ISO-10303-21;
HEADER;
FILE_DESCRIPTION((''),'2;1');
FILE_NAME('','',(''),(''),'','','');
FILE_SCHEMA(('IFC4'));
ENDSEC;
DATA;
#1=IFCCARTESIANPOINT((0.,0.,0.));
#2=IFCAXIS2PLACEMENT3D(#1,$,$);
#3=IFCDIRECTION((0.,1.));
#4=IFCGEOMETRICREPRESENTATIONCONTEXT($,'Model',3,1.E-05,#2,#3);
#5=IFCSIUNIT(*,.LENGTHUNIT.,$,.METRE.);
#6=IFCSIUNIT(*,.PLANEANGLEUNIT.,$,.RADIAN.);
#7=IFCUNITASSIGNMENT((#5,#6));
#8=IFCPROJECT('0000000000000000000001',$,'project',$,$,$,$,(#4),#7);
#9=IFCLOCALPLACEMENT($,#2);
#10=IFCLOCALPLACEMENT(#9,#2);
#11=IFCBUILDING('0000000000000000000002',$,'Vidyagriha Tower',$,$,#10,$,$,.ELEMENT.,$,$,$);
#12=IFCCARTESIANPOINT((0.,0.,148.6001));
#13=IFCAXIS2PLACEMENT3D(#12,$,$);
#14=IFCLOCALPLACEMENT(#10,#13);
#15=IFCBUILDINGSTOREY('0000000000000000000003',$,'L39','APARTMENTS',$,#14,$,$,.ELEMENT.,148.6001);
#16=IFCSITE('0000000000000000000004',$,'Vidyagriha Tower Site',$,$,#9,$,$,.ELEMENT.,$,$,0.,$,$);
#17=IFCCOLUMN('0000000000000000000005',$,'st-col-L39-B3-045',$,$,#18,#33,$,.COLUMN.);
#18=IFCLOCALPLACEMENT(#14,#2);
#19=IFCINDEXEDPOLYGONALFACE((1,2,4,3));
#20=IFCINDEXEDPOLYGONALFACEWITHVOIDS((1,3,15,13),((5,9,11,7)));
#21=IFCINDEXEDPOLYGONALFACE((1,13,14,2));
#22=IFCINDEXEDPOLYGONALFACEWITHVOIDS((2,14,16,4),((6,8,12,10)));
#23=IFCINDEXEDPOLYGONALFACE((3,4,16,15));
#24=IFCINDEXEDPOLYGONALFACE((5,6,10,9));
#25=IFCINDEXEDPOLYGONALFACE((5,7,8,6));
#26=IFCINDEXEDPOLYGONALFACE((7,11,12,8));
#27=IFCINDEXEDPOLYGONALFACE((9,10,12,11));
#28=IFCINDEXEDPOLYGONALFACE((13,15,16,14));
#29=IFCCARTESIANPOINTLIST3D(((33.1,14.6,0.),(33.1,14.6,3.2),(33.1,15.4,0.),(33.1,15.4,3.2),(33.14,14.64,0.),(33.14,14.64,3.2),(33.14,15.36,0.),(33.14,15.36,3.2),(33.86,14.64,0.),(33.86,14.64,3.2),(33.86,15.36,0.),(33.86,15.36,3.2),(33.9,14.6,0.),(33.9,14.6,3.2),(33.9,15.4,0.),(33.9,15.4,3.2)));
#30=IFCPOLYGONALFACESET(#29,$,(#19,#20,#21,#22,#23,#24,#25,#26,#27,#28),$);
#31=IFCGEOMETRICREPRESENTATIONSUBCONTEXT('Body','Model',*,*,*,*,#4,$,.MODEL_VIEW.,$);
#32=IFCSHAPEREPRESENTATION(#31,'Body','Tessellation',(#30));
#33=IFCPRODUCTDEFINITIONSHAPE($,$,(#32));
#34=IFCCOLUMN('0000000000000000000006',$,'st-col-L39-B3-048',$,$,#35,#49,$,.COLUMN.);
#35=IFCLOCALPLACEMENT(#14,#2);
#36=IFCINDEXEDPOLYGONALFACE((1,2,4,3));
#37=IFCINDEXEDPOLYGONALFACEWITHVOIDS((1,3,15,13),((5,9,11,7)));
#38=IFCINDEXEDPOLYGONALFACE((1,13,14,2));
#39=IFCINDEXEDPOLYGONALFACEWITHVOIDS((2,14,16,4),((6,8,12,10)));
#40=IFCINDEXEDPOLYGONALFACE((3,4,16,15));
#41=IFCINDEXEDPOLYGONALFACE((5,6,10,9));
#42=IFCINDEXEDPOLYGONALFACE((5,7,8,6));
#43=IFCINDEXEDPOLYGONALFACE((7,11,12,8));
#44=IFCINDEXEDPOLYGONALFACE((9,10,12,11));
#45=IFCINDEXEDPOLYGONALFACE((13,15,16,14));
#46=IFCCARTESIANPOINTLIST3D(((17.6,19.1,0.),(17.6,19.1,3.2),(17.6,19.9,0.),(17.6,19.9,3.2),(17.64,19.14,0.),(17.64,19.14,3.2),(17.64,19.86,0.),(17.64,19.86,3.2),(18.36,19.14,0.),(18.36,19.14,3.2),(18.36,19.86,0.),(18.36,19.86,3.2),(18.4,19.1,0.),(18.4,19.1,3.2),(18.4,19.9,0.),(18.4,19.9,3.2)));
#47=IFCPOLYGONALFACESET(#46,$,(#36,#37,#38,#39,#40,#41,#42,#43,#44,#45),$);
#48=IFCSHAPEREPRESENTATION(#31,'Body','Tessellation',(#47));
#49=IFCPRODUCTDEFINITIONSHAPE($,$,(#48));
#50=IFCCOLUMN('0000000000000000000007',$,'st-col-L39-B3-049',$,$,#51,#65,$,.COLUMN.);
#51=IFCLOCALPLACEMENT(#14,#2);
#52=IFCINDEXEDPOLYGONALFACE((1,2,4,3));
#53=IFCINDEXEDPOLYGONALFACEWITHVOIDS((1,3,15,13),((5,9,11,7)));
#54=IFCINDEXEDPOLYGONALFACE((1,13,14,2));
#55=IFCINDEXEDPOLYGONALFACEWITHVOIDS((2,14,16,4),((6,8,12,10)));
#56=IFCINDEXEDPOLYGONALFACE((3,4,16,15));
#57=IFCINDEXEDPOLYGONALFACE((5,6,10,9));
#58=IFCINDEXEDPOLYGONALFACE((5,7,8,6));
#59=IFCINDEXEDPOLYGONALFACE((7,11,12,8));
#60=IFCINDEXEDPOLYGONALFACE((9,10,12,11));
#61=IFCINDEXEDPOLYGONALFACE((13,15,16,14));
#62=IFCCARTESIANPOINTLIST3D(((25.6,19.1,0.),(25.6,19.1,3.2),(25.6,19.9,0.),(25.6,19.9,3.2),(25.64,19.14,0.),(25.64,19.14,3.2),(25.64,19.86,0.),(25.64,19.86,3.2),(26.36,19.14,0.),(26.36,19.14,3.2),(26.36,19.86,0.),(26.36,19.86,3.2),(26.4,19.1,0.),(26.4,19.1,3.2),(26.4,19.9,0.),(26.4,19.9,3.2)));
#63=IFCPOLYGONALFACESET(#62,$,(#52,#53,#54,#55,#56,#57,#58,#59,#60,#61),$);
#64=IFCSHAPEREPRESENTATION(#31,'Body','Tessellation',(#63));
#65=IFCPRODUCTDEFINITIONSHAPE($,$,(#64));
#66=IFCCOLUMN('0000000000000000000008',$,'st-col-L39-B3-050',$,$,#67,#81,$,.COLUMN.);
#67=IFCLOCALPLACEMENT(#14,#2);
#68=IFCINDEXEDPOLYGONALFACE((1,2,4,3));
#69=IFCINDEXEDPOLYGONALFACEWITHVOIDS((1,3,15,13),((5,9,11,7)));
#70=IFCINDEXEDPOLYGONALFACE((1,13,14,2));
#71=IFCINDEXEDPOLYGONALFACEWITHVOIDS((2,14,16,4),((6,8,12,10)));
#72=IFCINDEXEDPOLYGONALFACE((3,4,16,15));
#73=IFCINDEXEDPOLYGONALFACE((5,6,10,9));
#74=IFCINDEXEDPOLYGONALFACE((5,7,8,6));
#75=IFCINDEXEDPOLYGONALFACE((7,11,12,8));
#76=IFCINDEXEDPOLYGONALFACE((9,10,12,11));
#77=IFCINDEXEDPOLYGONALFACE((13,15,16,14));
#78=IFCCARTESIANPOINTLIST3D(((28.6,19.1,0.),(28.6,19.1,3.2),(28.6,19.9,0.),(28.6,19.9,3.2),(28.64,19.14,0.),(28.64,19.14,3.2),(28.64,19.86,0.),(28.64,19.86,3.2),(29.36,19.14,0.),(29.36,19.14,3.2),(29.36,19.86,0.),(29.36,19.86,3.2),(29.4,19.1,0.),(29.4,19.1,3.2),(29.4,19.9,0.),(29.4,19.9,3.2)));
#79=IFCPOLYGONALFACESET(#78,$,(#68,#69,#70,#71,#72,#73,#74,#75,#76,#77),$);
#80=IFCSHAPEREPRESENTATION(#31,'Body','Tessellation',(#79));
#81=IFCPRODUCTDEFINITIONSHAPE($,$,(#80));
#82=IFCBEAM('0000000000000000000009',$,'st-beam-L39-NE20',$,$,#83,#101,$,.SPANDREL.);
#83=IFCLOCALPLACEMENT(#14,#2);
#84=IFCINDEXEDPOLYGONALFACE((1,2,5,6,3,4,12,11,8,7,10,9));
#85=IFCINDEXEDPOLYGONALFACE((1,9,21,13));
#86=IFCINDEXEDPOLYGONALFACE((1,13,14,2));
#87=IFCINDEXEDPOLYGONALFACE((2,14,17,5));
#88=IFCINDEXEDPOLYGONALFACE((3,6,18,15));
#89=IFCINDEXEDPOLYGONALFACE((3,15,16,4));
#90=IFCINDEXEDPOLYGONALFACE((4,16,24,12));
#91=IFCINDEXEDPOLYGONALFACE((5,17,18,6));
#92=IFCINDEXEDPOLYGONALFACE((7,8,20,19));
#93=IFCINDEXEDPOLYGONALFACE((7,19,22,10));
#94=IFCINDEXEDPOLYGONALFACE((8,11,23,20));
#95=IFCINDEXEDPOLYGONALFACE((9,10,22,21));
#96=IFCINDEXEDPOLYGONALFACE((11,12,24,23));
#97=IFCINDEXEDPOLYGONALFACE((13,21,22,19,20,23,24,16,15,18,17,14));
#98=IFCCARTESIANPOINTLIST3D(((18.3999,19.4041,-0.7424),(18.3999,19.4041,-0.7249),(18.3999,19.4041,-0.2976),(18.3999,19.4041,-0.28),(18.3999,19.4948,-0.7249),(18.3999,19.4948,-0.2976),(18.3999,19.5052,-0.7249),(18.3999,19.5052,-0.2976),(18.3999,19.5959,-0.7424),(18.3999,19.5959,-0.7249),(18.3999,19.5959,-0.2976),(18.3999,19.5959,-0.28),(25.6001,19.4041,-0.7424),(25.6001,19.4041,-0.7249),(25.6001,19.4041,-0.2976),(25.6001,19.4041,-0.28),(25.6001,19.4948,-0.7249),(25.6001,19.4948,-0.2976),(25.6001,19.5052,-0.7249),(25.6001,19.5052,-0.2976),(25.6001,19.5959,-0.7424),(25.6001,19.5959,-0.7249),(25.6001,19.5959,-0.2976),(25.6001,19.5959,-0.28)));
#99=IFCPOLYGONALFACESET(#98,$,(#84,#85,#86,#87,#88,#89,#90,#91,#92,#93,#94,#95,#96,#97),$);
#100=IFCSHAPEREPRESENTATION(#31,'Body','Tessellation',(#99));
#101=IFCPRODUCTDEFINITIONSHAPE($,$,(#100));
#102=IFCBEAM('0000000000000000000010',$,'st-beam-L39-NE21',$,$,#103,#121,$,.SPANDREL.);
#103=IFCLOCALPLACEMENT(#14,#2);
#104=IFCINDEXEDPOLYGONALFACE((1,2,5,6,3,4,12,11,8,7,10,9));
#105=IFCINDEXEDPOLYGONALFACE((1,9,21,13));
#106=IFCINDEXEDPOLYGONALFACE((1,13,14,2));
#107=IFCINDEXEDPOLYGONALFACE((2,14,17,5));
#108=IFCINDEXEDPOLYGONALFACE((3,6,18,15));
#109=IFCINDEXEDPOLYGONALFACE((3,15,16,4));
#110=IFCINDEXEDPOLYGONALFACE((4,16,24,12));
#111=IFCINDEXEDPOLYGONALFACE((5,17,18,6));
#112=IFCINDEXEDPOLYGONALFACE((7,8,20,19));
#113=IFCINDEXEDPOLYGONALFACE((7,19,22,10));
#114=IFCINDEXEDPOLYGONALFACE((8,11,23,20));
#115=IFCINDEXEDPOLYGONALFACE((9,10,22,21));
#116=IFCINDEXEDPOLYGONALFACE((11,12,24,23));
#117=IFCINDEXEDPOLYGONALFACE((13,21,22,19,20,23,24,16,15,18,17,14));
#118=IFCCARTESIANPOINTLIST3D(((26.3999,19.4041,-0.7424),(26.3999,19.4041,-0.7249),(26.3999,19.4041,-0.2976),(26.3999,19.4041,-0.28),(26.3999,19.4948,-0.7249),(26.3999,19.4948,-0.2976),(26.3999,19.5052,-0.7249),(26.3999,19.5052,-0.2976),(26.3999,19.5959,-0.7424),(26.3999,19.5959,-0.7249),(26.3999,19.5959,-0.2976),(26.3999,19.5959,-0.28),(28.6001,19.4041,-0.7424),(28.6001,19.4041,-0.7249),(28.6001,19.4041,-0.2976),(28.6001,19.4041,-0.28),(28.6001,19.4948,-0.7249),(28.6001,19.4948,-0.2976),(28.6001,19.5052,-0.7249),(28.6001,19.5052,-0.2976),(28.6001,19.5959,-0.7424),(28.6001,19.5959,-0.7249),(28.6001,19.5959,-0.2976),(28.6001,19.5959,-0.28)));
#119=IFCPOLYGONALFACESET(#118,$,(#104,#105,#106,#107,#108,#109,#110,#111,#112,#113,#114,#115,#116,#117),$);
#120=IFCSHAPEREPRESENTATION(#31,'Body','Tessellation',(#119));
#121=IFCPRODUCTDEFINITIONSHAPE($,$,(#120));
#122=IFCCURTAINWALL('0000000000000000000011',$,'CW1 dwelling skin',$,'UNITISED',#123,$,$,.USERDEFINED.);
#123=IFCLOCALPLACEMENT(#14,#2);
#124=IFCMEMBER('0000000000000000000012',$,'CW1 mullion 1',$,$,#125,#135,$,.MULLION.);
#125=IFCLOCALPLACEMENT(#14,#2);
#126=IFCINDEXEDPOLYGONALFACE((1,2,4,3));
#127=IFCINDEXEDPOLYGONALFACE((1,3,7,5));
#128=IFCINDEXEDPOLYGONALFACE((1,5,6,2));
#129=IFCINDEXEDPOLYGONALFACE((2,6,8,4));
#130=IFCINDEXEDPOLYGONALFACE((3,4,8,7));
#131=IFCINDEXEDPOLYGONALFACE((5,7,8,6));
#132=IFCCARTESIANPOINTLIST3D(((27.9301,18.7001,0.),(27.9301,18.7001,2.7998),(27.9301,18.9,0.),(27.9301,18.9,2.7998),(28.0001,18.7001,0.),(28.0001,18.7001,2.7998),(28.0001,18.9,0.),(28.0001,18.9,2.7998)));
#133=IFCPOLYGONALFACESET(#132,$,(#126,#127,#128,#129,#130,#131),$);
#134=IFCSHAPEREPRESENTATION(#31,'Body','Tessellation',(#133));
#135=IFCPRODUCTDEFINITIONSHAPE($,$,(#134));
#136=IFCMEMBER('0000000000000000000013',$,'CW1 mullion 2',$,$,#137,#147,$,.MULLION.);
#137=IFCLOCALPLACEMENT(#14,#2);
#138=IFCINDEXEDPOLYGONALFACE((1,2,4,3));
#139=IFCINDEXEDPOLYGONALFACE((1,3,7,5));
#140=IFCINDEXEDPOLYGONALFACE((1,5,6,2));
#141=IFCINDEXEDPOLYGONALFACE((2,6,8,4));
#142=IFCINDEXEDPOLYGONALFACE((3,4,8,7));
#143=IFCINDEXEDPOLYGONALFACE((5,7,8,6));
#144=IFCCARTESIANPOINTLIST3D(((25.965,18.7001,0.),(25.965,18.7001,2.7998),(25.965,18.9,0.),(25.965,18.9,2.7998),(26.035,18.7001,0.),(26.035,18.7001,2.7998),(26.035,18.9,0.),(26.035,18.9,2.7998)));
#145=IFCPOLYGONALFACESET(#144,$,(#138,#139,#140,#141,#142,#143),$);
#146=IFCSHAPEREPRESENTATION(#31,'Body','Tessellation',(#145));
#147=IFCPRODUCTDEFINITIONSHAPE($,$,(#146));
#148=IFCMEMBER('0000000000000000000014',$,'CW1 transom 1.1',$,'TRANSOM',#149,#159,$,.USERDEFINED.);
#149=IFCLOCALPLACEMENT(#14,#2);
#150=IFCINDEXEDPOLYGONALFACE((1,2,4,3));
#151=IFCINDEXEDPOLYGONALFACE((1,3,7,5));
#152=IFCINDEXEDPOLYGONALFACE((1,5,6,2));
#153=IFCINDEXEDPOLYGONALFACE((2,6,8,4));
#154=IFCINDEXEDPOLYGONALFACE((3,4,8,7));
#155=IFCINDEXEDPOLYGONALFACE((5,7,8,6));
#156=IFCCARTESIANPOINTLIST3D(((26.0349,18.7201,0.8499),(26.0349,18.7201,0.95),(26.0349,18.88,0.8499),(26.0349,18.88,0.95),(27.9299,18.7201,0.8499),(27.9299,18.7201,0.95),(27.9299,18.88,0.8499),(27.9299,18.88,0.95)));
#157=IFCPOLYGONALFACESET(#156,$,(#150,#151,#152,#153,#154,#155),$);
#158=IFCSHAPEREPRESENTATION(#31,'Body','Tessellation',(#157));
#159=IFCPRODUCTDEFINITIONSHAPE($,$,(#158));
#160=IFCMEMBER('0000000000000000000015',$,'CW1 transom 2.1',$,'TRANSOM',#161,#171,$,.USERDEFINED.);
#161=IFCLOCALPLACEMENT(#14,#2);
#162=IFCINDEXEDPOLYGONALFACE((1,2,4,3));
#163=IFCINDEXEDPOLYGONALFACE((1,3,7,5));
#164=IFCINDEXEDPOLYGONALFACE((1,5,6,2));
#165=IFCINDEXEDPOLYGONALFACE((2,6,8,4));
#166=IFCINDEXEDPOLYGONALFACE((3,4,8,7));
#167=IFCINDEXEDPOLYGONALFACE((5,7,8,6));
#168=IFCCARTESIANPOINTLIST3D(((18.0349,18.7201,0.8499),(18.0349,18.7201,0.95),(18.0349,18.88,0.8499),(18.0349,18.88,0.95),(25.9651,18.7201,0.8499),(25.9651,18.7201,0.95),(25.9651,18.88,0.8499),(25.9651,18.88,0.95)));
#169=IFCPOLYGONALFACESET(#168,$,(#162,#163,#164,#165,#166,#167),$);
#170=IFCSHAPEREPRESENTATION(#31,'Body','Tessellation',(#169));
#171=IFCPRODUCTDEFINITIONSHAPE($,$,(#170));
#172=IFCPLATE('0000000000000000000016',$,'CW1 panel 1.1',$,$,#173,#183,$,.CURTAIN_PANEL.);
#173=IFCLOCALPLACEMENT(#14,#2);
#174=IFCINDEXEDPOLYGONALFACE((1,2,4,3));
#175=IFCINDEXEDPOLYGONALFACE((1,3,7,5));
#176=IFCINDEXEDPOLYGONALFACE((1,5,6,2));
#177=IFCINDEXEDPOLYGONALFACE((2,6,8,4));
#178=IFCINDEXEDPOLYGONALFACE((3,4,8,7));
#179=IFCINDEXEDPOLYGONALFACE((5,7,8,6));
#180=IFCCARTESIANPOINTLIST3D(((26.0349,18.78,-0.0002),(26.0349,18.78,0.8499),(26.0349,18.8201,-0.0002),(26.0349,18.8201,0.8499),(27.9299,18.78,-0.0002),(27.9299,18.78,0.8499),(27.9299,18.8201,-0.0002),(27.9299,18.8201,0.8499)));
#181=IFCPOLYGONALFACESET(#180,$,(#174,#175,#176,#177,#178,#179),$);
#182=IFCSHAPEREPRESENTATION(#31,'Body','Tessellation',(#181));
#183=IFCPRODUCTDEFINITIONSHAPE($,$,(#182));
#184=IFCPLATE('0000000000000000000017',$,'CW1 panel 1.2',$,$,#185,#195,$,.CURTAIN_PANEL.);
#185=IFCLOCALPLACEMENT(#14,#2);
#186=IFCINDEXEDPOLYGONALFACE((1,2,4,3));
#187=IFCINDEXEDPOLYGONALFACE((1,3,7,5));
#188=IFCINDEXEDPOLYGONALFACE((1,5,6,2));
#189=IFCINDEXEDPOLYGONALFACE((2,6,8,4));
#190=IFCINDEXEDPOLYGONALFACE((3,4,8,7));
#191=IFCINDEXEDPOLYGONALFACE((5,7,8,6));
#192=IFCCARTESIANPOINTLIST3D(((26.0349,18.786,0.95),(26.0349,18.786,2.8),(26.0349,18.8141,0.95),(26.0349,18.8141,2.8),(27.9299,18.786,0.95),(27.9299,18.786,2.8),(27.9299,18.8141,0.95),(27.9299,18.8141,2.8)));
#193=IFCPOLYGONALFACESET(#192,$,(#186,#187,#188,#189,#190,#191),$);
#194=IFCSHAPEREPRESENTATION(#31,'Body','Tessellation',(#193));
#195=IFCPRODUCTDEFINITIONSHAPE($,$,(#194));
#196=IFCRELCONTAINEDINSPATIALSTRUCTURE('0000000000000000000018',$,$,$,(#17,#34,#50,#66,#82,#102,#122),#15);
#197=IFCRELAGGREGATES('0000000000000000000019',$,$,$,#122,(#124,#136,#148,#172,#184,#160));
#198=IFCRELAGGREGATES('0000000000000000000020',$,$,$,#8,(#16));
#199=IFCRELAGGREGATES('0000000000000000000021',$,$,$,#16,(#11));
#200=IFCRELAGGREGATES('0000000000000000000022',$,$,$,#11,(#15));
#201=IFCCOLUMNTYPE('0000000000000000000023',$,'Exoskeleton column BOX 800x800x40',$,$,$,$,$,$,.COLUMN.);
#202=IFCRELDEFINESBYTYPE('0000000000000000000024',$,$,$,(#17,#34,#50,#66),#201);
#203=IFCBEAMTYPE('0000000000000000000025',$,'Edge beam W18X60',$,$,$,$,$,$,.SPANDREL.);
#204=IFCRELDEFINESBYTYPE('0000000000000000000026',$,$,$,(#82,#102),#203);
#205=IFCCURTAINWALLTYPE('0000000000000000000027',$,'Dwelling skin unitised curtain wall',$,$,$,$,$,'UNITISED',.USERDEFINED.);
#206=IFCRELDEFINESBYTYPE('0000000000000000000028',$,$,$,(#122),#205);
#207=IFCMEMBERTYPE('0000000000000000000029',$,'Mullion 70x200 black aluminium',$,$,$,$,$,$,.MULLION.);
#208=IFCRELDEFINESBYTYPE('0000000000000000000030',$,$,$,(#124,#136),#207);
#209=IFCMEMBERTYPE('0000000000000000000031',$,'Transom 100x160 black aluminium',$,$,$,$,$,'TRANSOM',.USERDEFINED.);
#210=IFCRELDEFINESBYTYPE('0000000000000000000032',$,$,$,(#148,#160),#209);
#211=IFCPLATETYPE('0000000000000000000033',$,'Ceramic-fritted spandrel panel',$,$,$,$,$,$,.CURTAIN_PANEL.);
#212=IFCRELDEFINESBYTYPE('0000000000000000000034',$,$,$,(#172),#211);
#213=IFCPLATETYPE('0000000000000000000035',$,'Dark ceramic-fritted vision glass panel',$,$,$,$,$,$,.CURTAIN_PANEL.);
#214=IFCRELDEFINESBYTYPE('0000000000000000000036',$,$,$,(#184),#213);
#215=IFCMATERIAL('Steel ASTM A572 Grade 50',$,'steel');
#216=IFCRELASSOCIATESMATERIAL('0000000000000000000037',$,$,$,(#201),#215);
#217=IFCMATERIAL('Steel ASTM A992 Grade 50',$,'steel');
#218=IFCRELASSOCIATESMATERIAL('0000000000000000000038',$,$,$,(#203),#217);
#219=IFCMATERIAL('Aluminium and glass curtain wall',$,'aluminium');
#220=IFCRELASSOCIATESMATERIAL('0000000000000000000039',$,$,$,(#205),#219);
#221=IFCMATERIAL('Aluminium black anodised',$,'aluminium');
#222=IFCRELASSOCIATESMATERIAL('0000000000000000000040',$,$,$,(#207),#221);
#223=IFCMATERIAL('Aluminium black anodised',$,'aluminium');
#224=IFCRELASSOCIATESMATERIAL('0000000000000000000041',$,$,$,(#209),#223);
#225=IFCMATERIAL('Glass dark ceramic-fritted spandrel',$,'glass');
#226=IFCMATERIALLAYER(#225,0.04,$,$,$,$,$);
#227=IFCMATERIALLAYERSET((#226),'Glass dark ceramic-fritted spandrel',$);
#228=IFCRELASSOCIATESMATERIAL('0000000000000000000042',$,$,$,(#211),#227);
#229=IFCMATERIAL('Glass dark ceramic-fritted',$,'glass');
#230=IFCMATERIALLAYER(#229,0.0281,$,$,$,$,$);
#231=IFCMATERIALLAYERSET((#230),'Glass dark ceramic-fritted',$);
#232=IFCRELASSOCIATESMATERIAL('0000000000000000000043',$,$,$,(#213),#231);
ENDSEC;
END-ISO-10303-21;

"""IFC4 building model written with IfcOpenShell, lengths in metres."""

from ifc_helpers import new_model, si_unit, direction, frame, origin, origin_2d, place, context, subcontext, project, spatial, rectangle, hollow_rectangle, i_section, extrude, material, layer, layer_set, material_profile, profile_set, type_object, element, aggregate, save


model = new_model("IFC4")

# Units and contexts
model_context = context("Model", 3, precision=1e-05, world=origin(), true_north=direction((0.0, 1.0)))
body_context = subcontext(model_context, "Body", "Model", "MODEL_VIEW")
ifc_project = project(units=[si_unit("LENGTHUNIT", "METRE"), si_unit("PLANEANGLEUNIT", "RADIAN")], contexts=[model_context])

# Site, building, storey
site_placement = place(None, origin())
site = spatial("IfcSite", under=ifc_project, at=site_placement, Name="Vidyagriha Tower Site", CompositionType="ELEMENT", RefElevation=0.0)
building_placement = place(site_placement, origin())
building = spatial("IfcBuilding", under=site, at=building_placement, Name="Vidyagriha Tower", CompositionType="ELEMENT")
storey_placement = place(building_placement, frame((0.0, 0.0, 148.6001)))
storey = spatial("IfcBuildingStorey", under=building, at=storey_placement, Name="L39", Description="APARTMENTS", CompositionType="ELEMENT", Elevation=148.6001)

# Columns
ifc_material_1 = material(Name="Steel ASTM A572 Grade 50", Category="steel")
ifc_material_profile_1 = material_profile(ifc_material_1, hollow_rectangle(XDim=0.8, YDim=0.8, WallThickness=0.04, at=origin_2d()), Name="BOX 800x800x40")
ifc_profile_set_1 = profile_set([ifc_material_profile_1], Name="Steel ASTM A572 Grade 50")
column_type = type_object("IfcColumnType", Name="Exoskeleton column BOX 800x800x40", PredefinedType="COLUMN", material=ifc_profile_set_1)
for number, where, name in (
    (1, (33.5, 15.0, 0.0), "st-col-L39-B3-045"),
    (2, (18.0, 19.5, 0.0), "st-col-L39-B3-048"),
    (3, (26.0, 19.5, 0.0), "st-col-L39-B3-049"),
    (4, (29.0, 19.5, 0.0), "st-col-L39-B3-050"),
):
    element("IfcColumn", number, at=place(storey_placement, frame(where)), inside=storey, type_object=column_type, Name=name, PredefinedType="COLUMN", context=body_context, shape_type="SweptSolid", body=[
        extrude(hollow_rectangle(XDim=0.8, YDim=0.8, WallThickness=0.04, at=origin_2d()), origin(), (0.0, 0.0, 1.0), 3.2),
    ])

# Beams
ifc_material_2 = material(Name="Steel ASTM A992 Grade 50", Category="steel")
ifc_material_profile_2 = material_profile(ifc_material_2, i_section(OverallWidth=0.1919, OverallDepth=0.4624, WebThickness=0.0105, FlangeThickness=0.0176, at=origin_2d()), Name="W18X60")
ifc_profile_set_2 = profile_set([ifc_material_profile_2], Name="Steel ASTM A992 Grade 50")
beam_type = type_object("IfcBeamType", Name="Edge beam W18X60", PredefinedType="SPANDREL", material=ifc_profile_set_2)
beam_1_placement = place(storey_placement, frame((18.3999, 19.5, -0.5112), z_axis=(1.0, 0.0, 0.0), x_axis=(0.0, 1.0, 0.0)))
element("IfcBeam", 5, at=beam_1_placement, inside=storey, type_object=beam_type, Name="st-beam-L39-NE20", PredefinedType="SPANDREL", context=body_context, shape_type="SweptSolid", body=[
    extrude(i_section(OverallWidth=0.1919, OverallDepth=0.4624, WebThickness=0.0105, FlangeThickness=0.0176, at=origin_2d()), origin(), (0.0, 0.0, 1.0), 7.2002),
])
beam_2_placement = place(storey_placement, frame((26.3999, 19.5, -0.5112), z_axis=(1.0, 0.0, 0.0), x_axis=(0.0, 1.0, 0.0)))
element("IfcBeam", 6, at=beam_2_placement, inside=storey, type_object=beam_type, Name="st-beam-L39-NE21", PredefinedType="SPANDREL", context=body_context, shape_type="SweptSolid", body=[
    extrude(i_section(OverallWidth=0.1919, OverallDepth=0.4624, WebThickness=0.0105, FlangeThickness=0.0176, at=origin_2d()), origin(), (0.0, 0.0, 1.0), 2.2002),
])

# Curtain wall, members, plates
ifc_material_3 = material(Name="Aluminium and glass curtain wall", Category="aluminium")
curtain_wall_type = type_object("IfcCurtainWallType", Name="Dwelling skin unitised curtain wall", ElementType="UNITISED", PredefinedType="USERDEFINED", material=ifc_material_3)
curtain_wall_placement = place(storey_placement, origin())
curtain_wall = element("IfcCurtainWall", 7, at=curtain_wall_placement, inside=storey, type_object=curtain_wall_type, Name="CW1 dwelling skin", ObjectType="UNITISED", PredefinedType="USERDEFINED")
ifc_material_4 = material(Name="Aluminium black anodised", Category="aluminium")
ifc_material_profile_3 = material_profile(ifc_material_4, rectangle(XDim=0.2, YDim=0.0701, at=origin_2d()), Name="Mullion 70x200 black aluminium")
ifc_profile_set_3 = profile_set([ifc_material_profile_3], Name="Aluminium black anodised")
member_type_1 = type_object("IfcMemberType", Name="Mullion 70x200 black aluminium", PredefinedType="MULLION", material=ifc_profile_set_3)
member_1_placement = place(storey_placement, frame((27.9651, 18.8, 0.0), z_axis=(0.0, 0.0, 1.0), x_axis=(0.0, -1.0, 0.0)))
member_1 = element("IfcMember", 8, at=member_1_placement, type_object=member_type_1, Name="CW1 mullion 1", PredefinedType="MULLION", context=body_context, shape_type="SweptSolid", body=[
    extrude(rectangle(XDim=0.2, YDim=0.0701, at=origin_2d()), origin(), (0.0, 0.0, 1.0), 2.7998),
])
member_2_placement = place(storey_placement, frame((26.0, 18.8, 0.0), z_axis=(0.0, 0.0, 1.0), x_axis=(0.0, -1.0, 0.0)))
member_2 = element("IfcMember", 9, at=member_2_placement, type_object=member_type_1, Name="CW1 mullion 2", PredefinedType="MULLION", context=body_context, shape_type="SweptSolid", body=[
    extrude(rectangle(XDim=0.2, YDim=0.0701, at=origin_2d()), origin(), (0.0, 0.0, 1.0), 2.7998),
])
ifc_material_5 = material(Name="Aluminium black anodised", Category="aluminium")
ifc_material_profile_4 = material_profile(ifc_material_5, rectangle(XDim=0.1599, YDim=0.1001, at=origin_2d()), Name="Transom 100x160 black aluminium")
ifc_profile_set_4 = profile_set([ifc_material_profile_4], Name="Aluminium black anodised")
member_type_2 = type_object("IfcMemberType", Name="Transom 100x160 black aluminium", ElementType="TRANSOM", PredefinedType="USERDEFINED", material=ifc_profile_set_4)
member_3_placement = place(storey_placement, frame((27.9299, 18.8, 0.8999), z_axis=(-1.0, 0.0, 0.0), x_axis=(0.0, -1.0, 0.0)))
member_3 = element("IfcMember", 10, at=member_3_placement, type_object=member_type_2, Name="CW1 transom 1.1", ObjectType="TRANSOM", PredefinedType="USERDEFINED", context=body_context, shape_type="SweptSolid", body=[
    extrude(rectangle(XDim=0.1599, YDim=0.1001, at=origin_2d()), origin(), (0.0, 0.0, 1.0), 1.895),
])
member_4_placement = place(storey_placement, frame((25.9651, 18.8, 0.8999), z_axis=(-1.0, 0.0, 0.0), x_axis=(0.0, -1.0, 0.0)))
member_4 = element("IfcMember", 11, at=member_4_placement, type_object=member_type_2, Name="CW1 transom 2.1", ObjectType="TRANSOM", PredefinedType="USERDEFINED", context=body_context, shape_type="SweptSolid", body=[
    extrude(rectangle(XDim=0.1599, YDim=0.1001, at=origin_2d()), origin(), (0.0, 0.0, 1.0), 7.9302),
])
ifc_material_6 = material(Name="Glass dark ceramic-fritted spandrel", Category="glass")
ifc_layer_1 = layer(ifc_material_6, 0.04)
ifc_layer_set_1 = layer_set([ifc_layer_1], Name="Glass dark ceramic-fritted spandrel")
plate_type_1 = type_object("IfcPlateType", Name="Ceramic-fritted spandrel panel", PredefinedType="CURTAIN_PANEL", material=ifc_layer_set_1)
plate_1_placement = place(storey_placement, frame((26.9824, 18.8, -0.0002), z_axis=(0.0, 0.0, 1.0), x_axis=(-1.0, 0.0, 0.0)))
plate_1 = element("IfcPlate", 12, at=plate_1_placement, type_object=plate_type_1, Name="CW1 panel 1.1", PredefinedType="CURTAIN_PANEL", context=body_context, shape_type="SweptSolid", body=[
    extrude(rectangle(XDim=1.895, YDim=0.04, at=origin_2d()), origin(), (0.0, 0.0, 1.0), 0.8501),
])
ifc_material_7 = material(Name="Glass dark ceramic-fritted", Category="glass")
ifc_layer_2 = layer(ifc_material_7, 0.0281)
ifc_layer_set_2 = layer_set([ifc_layer_2], Name="Glass dark ceramic-fritted")
plate_type_2 = type_object("IfcPlateType", Name="Dark ceramic-fritted vision glass panel", PredefinedType="CURTAIN_PANEL", material=ifc_layer_set_2)
plate_2_placement = place(storey_placement, frame((26.9824, 18.8, 0.95), z_axis=(0.0, 0.0, 1.0), x_axis=(-1.0, 0.0, 0.0)))
plate_2 = element("IfcPlate", 13, at=plate_2_placement, type_object=plate_type_2, Name="CW1 panel 1.2", PredefinedType="CURTAIN_PANEL", context=body_context, shape_type="SweptSolid", body=[
    extrude(rectangle(XDim=1.895, YDim=0.0281, at=origin_2d()), origin(), (0.0, 0.0, 1.0), 1.8501),
])
aggregate(curtain_wall, [member_1, member_2, member_3, plate_1, plate_2, member_4])

save(model, "model.ifc")
